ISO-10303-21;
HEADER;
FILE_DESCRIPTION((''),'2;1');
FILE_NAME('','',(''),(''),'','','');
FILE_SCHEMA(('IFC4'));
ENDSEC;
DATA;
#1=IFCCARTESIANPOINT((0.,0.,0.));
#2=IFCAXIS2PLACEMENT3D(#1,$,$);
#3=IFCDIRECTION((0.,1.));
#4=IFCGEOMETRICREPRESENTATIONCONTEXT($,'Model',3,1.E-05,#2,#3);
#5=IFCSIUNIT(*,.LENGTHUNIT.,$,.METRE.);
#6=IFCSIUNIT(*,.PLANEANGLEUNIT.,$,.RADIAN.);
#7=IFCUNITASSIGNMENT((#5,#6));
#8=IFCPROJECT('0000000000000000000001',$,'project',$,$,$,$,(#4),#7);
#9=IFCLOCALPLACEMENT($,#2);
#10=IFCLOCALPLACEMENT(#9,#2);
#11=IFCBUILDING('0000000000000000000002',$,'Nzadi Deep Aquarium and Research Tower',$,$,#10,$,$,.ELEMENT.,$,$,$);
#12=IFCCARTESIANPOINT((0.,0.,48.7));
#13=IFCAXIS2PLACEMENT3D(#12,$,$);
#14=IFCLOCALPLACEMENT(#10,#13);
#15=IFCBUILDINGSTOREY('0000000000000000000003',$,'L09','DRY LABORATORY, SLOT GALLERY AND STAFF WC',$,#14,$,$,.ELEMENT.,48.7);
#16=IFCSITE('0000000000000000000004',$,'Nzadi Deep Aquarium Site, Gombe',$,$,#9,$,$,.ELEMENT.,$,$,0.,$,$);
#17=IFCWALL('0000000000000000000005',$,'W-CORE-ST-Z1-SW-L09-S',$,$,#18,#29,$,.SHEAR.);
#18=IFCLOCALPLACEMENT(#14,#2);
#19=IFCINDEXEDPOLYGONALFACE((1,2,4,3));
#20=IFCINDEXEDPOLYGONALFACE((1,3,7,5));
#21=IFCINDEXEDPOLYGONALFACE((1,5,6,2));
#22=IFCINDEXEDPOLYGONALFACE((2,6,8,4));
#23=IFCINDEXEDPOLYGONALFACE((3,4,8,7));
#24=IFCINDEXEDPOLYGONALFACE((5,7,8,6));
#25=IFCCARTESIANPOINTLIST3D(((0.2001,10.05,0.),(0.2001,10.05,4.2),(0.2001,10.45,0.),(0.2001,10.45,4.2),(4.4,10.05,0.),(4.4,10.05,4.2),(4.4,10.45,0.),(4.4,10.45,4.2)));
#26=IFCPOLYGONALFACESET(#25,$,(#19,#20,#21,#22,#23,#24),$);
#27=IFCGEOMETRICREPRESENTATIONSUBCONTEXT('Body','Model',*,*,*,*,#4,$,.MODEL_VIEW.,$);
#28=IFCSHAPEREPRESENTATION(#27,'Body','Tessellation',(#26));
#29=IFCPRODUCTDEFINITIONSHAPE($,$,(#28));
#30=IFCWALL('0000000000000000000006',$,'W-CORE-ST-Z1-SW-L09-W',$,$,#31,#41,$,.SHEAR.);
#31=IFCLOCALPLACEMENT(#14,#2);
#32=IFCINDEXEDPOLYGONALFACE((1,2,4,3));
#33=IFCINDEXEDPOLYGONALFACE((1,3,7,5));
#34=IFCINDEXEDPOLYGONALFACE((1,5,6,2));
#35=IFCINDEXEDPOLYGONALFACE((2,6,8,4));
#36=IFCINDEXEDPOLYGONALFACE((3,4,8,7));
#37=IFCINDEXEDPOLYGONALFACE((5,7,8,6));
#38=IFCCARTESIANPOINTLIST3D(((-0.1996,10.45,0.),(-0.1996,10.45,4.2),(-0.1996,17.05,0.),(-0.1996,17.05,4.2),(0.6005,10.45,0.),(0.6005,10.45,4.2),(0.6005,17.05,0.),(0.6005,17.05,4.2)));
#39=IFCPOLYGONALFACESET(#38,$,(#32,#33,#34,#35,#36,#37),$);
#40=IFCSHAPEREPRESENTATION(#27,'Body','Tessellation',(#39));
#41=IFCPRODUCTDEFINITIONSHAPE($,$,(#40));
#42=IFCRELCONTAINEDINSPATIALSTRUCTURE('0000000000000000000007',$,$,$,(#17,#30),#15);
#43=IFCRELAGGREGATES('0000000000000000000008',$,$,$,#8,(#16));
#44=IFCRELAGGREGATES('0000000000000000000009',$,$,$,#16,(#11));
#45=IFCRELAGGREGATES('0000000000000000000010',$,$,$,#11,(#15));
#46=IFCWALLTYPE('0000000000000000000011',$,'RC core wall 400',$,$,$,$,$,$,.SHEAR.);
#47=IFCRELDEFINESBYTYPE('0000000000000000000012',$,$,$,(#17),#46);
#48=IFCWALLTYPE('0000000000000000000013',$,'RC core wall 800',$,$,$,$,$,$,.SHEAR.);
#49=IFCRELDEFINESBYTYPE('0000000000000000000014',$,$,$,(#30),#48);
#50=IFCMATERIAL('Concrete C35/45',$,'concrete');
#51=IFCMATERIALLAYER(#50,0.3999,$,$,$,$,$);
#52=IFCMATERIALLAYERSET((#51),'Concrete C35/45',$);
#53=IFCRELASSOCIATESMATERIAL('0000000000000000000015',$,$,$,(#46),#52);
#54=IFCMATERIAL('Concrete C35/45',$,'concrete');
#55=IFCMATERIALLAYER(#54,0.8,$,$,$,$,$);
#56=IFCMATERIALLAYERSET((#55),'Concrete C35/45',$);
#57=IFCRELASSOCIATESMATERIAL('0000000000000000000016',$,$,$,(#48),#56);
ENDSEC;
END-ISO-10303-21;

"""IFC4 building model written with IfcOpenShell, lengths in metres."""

from ifc_helpers import new_model, si_unit, direction, frame, frame_2d, origin, place, context, subcontext, project, spatial, rectangle, extrude, material, layer, layer_set, type_object, element, save


model = new_model("IFC4")

# Units and contexts
model_context = context("Model", 3, precision=1e-05, world=origin(), true_north=direction((0.0, 1.0)))
body_context = subcontext(model_context, "Body", "Model", "MODEL_VIEW")
ifc_project = project(units=[si_unit("LENGTHUNIT", "METRE"), si_unit("PLANEANGLEUNIT", "RADIAN")], contexts=[model_context])

# Site, building, storey
site_placement = place(None, origin())
site = spatial("IfcSite", under=ifc_project, at=site_placement, Name="Nzadi Deep Aquarium Site, Gombe", CompositionType="ELEMENT", RefElevation=0.0)
building_placement = place(site_placement, origin())
building = spatial("IfcBuilding", under=site, at=building_placement, Name="Nzadi Deep Aquarium and Research Tower", CompositionType="ELEMENT")
storey_placement = place(building_placement, frame((0.0, 0.0, 48.7)))
storey = spatial("IfcBuildingStorey", under=building, at=storey_placement, Name="L09", Description="DRY LABORATORY, SLOT GALLERY AND STAFF WC", CompositionType="ELEMENT", Elevation=48.7)

# Walls
ifc_material_1 = material(Name="Concrete C35/45", Category="concrete")
ifc_layer_1 = layer(ifc_material_1, 0.3999)
ifc_layer_set_1 = layer_set([ifc_layer_1], Name="Concrete C35/45")
wall_type_1 = type_object("IfcWallType", Name="RC core wall 400", PredefinedType="SHEAR", material=ifc_layer_set_1)
wall_1_placement = place(storey_placement, frame((0.2, 10.25, 0.0), z_axis=(0.0, 0.0, 1.0), x_axis=(1.0, 0.0, 0.0)))
element("IfcWall", 1, at=wall_1_placement, inside=storey, type_object=wall_type_1, Name="W-CORE-ST-Z1-SW-L09-S", PredefinedType="SHEAR", context=body_context, shape_type="SweptSolid", body=[
    extrude(rectangle(XDim=4.2, YDim=0.3999, at=frame_2d((2.1001, 0.0))), origin(), (0.0, 0.0, 1.0), 4.2),
])
ifc_material_2 = material(Name="Concrete C35/45", Category="concrete")
ifc_layer_2 = layer(ifc_material_2, 0.8)
ifc_layer_set_2 = layer_set([ifc_layer_2], Name="Concrete C35/45")
wall_type_2 = type_object("IfcWallType", Name="RC core wall 800", PredefinedType="SHEAR", material=ifc_layer_set_2)
wall_2_placement = place(storey_placement, frame((0.2004, 10.45, 0.0), z_axis=(0.0, 0.0, 1.0), x_axis=(0.0, 1.0, 0.0)))
element("IfcWall", 2, at=wall_2_placement, inside=storey, type_object=wall_type_2, Name="W-CORE-ST-Z1-SW-L09-W", PredefinedType="SHEAR", context=body_context, shape_type="SweptSolid", body=[
    extrude(rectangle(XDim=6.6001, YDim=0.8, at=frame_2d((3.3, 0.0))), origin(), (0.0, 0.0, 1.0), 4.2),
])

save(model, "model.ifc")
